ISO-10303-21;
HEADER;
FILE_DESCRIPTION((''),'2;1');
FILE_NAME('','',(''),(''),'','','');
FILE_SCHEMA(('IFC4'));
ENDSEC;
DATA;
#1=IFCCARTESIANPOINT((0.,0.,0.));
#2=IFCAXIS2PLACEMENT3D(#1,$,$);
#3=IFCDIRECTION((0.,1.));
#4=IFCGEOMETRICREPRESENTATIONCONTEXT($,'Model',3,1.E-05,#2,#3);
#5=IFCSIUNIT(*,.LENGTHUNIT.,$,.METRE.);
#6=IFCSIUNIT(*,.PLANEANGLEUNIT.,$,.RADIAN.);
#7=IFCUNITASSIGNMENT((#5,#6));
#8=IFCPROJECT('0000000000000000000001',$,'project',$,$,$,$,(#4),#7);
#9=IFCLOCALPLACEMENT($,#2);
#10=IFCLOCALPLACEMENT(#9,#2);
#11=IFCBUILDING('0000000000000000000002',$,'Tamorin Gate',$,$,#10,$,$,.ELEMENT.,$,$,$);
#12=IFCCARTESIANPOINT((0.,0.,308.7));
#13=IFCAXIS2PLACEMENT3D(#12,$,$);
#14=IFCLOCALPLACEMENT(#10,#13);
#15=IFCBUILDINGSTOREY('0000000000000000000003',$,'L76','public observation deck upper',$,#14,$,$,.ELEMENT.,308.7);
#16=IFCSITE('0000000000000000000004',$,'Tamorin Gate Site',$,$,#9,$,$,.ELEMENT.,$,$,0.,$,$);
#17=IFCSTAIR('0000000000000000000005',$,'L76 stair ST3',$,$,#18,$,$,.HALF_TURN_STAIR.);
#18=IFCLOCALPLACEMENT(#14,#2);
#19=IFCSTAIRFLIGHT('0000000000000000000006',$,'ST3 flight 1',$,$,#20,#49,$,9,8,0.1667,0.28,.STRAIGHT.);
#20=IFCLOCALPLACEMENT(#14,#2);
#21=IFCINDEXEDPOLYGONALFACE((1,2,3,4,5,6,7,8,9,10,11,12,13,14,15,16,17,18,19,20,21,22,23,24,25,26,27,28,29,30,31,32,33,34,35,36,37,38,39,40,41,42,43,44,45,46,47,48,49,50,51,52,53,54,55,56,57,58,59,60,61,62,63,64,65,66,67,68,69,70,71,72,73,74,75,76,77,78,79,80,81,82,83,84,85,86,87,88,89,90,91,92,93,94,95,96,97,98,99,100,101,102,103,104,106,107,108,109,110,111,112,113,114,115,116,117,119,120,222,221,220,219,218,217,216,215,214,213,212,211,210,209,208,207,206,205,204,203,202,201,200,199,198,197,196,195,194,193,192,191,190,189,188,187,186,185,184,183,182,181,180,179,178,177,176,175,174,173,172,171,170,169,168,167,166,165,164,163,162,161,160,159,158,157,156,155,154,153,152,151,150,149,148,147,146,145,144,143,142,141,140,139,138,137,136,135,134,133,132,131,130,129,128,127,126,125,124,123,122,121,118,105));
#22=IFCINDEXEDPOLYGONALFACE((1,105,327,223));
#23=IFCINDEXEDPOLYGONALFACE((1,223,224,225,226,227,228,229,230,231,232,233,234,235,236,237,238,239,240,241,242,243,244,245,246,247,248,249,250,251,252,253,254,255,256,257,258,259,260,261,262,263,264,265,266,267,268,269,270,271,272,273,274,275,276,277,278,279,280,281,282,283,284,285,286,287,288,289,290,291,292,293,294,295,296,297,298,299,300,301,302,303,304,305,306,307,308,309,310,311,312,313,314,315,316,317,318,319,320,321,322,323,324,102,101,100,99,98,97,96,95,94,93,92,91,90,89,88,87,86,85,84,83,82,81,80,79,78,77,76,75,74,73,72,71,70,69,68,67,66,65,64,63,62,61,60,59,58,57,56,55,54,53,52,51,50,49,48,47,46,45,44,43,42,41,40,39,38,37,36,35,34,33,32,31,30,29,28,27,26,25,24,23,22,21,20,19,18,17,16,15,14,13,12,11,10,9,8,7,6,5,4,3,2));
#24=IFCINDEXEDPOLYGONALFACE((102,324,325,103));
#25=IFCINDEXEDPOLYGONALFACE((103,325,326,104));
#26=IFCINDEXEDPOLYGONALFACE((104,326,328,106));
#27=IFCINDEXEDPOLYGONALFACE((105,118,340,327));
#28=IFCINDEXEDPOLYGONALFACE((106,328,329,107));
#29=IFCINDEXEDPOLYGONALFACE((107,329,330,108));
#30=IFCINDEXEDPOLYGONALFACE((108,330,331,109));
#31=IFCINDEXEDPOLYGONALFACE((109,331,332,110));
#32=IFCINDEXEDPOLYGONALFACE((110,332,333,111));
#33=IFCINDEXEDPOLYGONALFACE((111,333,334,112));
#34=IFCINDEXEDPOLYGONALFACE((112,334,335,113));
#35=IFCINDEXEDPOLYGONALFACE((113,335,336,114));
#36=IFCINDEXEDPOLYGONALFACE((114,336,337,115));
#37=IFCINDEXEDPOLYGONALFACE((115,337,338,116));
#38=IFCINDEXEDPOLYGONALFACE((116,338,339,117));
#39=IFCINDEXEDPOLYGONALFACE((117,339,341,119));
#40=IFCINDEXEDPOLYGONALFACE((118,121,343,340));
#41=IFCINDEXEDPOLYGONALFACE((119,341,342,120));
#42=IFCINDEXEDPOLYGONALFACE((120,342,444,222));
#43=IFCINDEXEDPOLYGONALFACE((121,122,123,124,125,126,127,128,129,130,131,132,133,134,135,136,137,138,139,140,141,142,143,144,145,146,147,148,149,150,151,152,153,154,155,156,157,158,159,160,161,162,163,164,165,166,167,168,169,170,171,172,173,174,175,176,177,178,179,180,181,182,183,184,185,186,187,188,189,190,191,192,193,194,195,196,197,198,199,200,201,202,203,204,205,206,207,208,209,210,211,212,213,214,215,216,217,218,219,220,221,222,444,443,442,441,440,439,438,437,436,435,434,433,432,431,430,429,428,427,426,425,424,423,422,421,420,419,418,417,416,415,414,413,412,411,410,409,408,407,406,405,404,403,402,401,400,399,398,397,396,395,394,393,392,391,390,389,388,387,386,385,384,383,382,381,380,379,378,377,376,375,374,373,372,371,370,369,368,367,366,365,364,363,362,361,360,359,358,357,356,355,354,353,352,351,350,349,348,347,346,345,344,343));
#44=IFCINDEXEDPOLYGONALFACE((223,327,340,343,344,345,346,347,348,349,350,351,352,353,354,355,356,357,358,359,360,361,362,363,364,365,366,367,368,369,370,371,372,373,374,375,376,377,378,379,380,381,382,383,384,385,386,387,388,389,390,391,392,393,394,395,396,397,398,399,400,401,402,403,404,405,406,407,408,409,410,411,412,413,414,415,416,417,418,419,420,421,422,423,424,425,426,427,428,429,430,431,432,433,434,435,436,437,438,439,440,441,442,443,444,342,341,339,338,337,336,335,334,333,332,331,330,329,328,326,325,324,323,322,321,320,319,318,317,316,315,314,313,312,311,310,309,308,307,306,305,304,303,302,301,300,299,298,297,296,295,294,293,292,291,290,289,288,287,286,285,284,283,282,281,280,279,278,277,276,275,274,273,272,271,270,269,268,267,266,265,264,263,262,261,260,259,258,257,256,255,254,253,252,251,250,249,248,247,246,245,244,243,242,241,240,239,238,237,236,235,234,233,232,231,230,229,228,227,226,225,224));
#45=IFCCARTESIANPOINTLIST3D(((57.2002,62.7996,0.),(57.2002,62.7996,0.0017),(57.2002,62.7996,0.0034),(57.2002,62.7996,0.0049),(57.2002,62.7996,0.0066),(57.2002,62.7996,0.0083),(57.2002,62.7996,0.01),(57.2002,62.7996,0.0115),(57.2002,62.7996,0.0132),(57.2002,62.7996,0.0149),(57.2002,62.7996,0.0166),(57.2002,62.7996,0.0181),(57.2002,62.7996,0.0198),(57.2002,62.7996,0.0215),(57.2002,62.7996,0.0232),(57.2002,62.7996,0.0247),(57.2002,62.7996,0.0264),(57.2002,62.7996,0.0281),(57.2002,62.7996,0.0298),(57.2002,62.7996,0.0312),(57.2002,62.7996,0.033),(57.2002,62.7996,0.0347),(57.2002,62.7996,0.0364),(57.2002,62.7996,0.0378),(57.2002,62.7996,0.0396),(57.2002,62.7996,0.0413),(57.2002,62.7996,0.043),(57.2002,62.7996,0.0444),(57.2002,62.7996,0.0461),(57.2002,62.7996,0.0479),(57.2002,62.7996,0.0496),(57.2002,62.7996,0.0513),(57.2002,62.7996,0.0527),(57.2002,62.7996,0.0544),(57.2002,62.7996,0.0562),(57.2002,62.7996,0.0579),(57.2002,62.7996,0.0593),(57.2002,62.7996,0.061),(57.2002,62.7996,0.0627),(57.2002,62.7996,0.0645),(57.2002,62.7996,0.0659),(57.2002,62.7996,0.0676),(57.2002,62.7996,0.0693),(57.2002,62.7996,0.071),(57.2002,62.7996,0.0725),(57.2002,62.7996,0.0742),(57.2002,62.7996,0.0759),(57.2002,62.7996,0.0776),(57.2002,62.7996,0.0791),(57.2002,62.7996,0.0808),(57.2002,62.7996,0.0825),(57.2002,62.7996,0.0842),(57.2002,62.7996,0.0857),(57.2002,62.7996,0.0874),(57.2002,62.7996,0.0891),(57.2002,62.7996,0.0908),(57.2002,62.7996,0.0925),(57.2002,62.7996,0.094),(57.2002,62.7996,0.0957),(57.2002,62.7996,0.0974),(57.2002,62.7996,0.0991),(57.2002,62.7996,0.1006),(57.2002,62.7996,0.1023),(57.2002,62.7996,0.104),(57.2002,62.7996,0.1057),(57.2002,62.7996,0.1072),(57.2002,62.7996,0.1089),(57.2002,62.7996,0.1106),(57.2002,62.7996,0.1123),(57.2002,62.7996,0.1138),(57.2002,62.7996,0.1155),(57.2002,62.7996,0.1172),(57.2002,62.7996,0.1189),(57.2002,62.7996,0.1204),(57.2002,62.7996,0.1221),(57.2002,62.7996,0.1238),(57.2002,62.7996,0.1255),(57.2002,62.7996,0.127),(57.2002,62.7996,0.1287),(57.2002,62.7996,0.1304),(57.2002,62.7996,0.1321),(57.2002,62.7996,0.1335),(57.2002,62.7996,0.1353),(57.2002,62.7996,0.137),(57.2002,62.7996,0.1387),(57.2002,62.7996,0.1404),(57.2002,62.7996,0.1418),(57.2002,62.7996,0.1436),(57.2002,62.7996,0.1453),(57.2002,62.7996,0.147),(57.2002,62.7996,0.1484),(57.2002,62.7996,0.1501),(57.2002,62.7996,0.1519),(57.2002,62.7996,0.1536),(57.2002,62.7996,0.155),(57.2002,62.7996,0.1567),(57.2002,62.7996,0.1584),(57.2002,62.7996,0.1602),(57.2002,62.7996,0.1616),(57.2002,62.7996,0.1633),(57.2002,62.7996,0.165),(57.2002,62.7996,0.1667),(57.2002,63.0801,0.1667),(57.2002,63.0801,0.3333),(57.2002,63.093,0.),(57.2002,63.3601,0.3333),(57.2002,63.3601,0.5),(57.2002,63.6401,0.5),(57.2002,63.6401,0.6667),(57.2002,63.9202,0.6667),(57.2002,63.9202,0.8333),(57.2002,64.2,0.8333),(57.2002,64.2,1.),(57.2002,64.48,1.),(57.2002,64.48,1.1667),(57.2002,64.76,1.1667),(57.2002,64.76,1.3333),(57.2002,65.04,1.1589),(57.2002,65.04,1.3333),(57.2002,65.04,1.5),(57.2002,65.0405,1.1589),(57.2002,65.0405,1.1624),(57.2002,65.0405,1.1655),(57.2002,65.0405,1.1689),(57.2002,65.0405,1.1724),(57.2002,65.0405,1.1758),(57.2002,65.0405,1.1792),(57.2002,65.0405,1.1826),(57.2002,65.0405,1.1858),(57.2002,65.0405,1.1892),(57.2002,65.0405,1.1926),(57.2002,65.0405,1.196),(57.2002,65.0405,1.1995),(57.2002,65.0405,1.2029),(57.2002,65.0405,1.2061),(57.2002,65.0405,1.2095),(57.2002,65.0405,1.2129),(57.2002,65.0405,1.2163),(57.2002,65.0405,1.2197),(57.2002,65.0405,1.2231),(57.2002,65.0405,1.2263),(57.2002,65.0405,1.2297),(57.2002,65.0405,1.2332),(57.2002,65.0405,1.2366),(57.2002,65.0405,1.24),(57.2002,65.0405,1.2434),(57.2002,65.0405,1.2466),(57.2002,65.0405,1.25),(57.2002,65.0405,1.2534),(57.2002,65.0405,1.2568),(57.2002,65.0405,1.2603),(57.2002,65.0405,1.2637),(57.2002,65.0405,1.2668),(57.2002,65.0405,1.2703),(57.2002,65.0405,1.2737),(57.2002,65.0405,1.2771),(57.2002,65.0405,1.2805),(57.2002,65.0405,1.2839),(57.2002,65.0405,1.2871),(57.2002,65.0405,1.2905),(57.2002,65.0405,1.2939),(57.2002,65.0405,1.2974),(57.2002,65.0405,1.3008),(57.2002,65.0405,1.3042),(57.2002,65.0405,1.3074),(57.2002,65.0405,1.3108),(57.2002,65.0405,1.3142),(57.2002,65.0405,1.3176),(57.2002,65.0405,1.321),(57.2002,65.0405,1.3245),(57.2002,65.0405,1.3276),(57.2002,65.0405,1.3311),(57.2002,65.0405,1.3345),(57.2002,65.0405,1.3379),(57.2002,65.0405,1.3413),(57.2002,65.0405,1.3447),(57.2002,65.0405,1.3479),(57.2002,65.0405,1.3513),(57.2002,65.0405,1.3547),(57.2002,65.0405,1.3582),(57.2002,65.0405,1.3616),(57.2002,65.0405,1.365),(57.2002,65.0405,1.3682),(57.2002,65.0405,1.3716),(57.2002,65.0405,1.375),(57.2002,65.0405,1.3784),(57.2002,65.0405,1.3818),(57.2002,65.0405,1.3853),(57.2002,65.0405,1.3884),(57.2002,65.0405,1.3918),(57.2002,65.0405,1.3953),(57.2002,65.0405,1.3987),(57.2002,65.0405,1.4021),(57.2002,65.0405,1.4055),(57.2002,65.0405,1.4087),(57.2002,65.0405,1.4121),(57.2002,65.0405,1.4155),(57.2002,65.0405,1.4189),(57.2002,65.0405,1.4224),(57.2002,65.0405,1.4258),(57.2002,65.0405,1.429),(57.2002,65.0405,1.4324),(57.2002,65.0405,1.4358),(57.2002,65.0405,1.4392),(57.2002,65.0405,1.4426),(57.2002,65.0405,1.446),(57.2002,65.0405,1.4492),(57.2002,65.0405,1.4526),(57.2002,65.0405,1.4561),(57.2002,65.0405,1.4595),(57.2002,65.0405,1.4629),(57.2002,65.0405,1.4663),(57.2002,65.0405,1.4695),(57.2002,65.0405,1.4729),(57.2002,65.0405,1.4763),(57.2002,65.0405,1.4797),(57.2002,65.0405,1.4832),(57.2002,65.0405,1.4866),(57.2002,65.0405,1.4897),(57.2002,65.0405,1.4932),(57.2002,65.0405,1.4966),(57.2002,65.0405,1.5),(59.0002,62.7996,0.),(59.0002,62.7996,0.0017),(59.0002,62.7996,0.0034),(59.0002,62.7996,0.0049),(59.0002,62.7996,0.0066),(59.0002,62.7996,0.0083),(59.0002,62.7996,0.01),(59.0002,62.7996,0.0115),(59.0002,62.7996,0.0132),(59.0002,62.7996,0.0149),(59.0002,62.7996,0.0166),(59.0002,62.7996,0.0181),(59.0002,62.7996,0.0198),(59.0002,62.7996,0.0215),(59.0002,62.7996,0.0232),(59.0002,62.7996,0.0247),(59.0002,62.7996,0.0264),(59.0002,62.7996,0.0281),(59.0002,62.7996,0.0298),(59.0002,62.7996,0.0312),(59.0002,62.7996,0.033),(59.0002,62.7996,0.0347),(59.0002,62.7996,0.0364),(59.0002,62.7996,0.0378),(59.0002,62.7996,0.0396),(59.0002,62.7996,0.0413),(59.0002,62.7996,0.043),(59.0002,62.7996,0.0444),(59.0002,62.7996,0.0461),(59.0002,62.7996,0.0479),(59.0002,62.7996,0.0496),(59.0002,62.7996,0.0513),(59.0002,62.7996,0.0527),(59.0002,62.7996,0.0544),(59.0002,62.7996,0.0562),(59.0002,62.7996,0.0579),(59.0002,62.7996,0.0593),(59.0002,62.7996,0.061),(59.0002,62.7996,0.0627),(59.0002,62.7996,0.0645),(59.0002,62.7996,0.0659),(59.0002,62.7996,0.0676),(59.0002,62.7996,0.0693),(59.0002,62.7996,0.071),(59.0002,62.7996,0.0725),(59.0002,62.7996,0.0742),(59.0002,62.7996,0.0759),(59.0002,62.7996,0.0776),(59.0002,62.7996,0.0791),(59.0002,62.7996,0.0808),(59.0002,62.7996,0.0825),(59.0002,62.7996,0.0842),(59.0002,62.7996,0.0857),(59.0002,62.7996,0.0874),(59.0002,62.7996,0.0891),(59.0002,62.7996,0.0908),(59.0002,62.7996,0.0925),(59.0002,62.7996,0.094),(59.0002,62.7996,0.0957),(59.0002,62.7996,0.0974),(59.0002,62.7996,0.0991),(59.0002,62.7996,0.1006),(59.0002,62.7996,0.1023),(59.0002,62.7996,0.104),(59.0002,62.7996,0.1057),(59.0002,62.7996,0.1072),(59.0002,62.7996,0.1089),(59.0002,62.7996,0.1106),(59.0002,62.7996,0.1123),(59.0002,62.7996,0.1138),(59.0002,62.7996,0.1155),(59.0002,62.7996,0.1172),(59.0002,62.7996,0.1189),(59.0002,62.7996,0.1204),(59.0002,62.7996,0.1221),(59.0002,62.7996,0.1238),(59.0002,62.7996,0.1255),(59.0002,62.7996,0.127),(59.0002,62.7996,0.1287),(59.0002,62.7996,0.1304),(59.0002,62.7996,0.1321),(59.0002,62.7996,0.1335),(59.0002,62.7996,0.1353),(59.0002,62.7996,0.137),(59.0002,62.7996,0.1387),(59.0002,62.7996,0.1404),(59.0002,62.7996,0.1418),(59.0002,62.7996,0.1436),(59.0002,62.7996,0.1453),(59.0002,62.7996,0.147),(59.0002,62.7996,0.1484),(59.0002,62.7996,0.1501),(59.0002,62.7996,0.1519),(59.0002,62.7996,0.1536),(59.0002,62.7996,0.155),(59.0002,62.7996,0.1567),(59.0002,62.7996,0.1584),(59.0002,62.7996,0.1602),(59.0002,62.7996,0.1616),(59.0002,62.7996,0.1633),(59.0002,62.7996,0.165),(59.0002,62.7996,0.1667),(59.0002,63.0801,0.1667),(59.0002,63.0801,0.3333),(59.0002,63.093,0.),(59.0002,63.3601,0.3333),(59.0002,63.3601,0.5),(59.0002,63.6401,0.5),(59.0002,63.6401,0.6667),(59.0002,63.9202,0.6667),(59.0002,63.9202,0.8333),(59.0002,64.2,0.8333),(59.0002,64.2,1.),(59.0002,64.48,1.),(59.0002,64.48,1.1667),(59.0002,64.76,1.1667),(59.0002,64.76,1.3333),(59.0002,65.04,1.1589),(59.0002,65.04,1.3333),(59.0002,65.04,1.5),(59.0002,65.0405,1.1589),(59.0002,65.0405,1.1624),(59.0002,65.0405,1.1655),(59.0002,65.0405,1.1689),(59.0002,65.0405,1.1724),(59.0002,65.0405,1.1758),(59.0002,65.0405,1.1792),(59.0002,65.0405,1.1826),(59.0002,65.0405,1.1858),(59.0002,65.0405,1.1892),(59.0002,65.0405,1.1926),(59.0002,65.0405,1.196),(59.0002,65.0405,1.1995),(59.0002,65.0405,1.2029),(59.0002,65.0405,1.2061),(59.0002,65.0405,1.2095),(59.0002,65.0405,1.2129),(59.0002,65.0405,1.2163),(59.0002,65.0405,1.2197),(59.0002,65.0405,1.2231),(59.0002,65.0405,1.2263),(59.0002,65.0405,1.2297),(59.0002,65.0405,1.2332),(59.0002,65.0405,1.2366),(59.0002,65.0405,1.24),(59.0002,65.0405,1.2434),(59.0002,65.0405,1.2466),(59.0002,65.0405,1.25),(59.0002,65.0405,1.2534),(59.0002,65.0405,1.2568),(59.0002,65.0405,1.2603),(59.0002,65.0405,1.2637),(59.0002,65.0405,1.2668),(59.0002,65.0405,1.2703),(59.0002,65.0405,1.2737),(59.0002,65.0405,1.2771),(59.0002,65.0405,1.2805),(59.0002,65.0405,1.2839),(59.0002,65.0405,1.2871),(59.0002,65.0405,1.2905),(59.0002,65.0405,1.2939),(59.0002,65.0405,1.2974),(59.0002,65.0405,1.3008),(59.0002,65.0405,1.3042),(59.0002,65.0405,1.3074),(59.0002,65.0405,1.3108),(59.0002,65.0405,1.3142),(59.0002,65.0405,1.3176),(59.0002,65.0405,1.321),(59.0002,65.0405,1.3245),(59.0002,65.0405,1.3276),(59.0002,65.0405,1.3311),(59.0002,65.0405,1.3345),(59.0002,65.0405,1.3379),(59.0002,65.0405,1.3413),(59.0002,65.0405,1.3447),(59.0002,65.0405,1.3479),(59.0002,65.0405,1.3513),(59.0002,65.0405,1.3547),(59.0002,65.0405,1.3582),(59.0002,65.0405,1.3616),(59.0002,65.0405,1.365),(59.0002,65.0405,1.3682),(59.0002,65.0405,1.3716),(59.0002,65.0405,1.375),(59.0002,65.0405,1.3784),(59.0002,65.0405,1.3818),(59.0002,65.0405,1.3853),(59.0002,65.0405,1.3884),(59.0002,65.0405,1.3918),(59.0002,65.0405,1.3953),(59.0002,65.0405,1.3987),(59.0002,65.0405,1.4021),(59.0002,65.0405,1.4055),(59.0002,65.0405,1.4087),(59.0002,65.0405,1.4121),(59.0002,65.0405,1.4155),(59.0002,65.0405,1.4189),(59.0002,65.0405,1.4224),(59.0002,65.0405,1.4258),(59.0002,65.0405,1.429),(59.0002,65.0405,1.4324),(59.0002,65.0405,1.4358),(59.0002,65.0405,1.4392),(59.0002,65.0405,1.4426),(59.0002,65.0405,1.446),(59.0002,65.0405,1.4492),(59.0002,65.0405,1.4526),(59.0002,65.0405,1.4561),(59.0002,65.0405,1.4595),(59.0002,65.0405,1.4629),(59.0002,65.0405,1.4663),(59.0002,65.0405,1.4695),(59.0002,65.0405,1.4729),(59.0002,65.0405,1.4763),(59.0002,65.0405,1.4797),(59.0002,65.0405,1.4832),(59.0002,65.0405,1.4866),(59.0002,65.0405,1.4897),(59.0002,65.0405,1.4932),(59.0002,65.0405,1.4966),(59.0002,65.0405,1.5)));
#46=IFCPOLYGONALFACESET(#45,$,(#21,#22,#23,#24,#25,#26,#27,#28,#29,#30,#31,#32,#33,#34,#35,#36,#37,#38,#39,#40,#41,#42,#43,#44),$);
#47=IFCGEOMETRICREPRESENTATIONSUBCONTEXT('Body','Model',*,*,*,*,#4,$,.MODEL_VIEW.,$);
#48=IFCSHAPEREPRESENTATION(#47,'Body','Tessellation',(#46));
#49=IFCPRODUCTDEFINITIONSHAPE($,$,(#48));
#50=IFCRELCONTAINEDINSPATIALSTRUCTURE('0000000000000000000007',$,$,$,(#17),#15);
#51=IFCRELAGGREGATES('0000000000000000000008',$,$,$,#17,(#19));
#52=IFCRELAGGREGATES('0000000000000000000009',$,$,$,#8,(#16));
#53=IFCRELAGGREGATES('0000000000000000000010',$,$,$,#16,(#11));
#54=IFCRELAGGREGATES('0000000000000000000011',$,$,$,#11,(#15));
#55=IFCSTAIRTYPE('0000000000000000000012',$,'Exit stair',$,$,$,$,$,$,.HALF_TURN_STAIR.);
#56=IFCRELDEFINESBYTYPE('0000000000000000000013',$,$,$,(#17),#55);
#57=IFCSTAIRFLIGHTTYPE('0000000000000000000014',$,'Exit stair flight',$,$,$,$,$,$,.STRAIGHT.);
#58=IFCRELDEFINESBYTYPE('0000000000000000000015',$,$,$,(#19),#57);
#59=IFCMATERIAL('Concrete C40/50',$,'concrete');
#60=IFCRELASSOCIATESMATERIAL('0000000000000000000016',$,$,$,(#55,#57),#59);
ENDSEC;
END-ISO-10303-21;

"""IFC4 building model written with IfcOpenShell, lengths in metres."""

from ifc_helpers import new_model, si_unit, direction, frame, origin, place, context, subcontext, project, spatial, polyline, outline, extrude, material, type_object, element, aggregate, save


model = new_model("IFC4")

# Units and contexts
model_context = context("Model", 3, precision=1e-05, world=origin(), true_north=direction((0.0, 1.0)))
body_context = subcontext(model_context, "Body", "Model", "MODEL_VIEW")
ifc_project = project(units=[si_unit("LENGTHUNIT", "METRE"), si_unit("PLANEANGLEUNIT", "RADIAN")], contexts=[model_context])

# Site, building, storey
site_placement = place(None, origin())
site = spatial("IfcSite", under=ifc_project, at=site_placement, Name="Tamorin Gate Site", CompositionType="ELEMENT", RefElevation=0.0)
building_placement = place(site_placement, origin())
building = spatial("IfcBuilding", under=site, at=building_placement, Name="Tamorin Gate", CompositionType="ELEMENT")
storey_placement = place(building_placement, frame((0.0, 0.0, 308.7)))
storey = spatial("IfcBuildingStorey", under=building, at=storey_placement, Name="L76", Description="public observation deck upper", CompositionType="ELEMENT", Elevation=308.7)

# Shared definitions
ifc_material_1 = material(Name="Concrete C40/50", Category="concrete")

# Stair, stair flight
stair_type = type_object("IfcStairType", Name="Exit stair", PredefinedType="HALF_TURN_STAIR", material=ifc_material_1)
stair_placement = place(storey_placement, origin())
stair = element("IfcStair", 1, at=stair_placement, inside=storey, type_object=stair_type, Name="L76 stair ST3", PredefinedType="HALF_TURN_STAIR")
stair_flight_type = type_object("IfcStairFlightType", Name="Exit stair flight", PredefinedType="STRAIGHT", material=ifc_material_1)
stair_flight_1_placement = place(storey_placement, frame((58.1001, 62.8, 0.0), z_axis=(0.0, 0.0, 1.0), x_axis=(0.0, 1.0, 0.0)))
stair_flight_1 = element("IfcStairFlight", 2, at=stair_flight_1_placement, type_object=stair_flight_type, Name="ST3 flight 1", NumberOfRisers=9, NumberOfTreads=8, PredefinedType="STRAIGHT", RiserHeight=0.1667, TreadLength=0.28, context=body_context, shape_type="SweptSolid", body=[
    extrude(outline(polyline([(-0.0005, 0.0), (-0.0005, 0.0017), (-0.0005, 0.0034), (-0.0005, 0.0049), (-0.0005, 0.0066), (-0.0005, 0.0083), (-0.0005, 0.01), (-0.0005, 0.0115), (-0.0005, 0.0132), (-0.0005, 0.0149), (-0.0005, 0.0166), (-0.0005, 0.0181), (-0.0005, 0.0198), (-0.0005, 0.0215), (-0.0005, 0.0232), (-0.0005, 0.0247), (-0.0005, 0.0264), (-0.0005, 0.0281), (-0.0005, 0.0298), (-0.0005, 0.0312), (-0.0005, 0.033), (-0.0005, 0.0347), (-0.0005, 0.0364), (-0.0005, 0.0378), (-0.0005, 0.0396), (-0.0005, 0.0413), (-0.0005, 0.043), (-0.0005, 0.0444), (-0.0005, 0.0461), (-0.0005, 0.0479), (-0.0005, 0.0496), (-0.0005, 0.0513), (-0.0005, 0.0527), (-0.0005, 0.0544), (-0.0005, 0.0562), (-0.0005, 0.0579), (-0.0005, 0.0593), (-0.0005, 0.061), (-0.0005, 0.0627), (-0.0005, 0.0645), (-0.0005, 0.0659), (-0.0005, 0.0676), (-0.0005, 0.0693), (-0.0005, 0.071), (-0.0005, 0.0725), (-0.0005, 0.0742), (-0.0005, 0.0759), (-0.0005, 0.0776), (-0.0005, 0.0791), (-0.0005, 0.0808), (-0.0005, 0.0825), (-0.0005, 0.0842), (-0.0005, 0.0857), (-0.0005, 0.0874), (-0.0005, 0.0891), (-0.0005, 0.0908), (-0.0005, 0.0925), (-0.0005, 0.094), (-0.0005, 0.0957), (-0.0005, 0.0974), (-0.0005, 0.0991), (-0.0005, 0.1006), (-0.0005, 0.1023), (-0.0005, 0.104), (-0.0005, 0.1057), (-0.0005, 0.1072), (-0.0005, 0.1089), (-0.0005, 0.1106), (-0.0005, 0.1123), (-0.0005, 0.1138), (-0.0005, 0.1155), (-0.0005, 0.1172), (-0.0005, 0.1189), (-0.0005, 0.1204), (-0.0005, 0.1221), (-0.0005, 0.1238), (-0.0005, 0.1255), (-0.0005, 0.127), (-0.0005, 0.1287), (-0.0005, 0.1304), (-0.0005, 0.1321), (-0.0005, 0.1335), (-0.0005, 0.1353), (-0.0005, 0.137), (-0.0005, 0.1387), (-0.0005, 0.1404), (-0.0005, 0.1418), (-0.0005, 0.1436), (-0.0005, 0.1453), (-0.0005, 0.147), (-0.0005, 0.1484), (-0.0005, 0.1501), (-0.0005, 0.1519), (-0.0005, 0.1536), (-0.0005, 0.155), (-0.0005, 0.1567), (-0.0005, 0.1584), (-0.0005, 0.1602), (-0.0005, 0.1616), (-0.0005, 0.1633), (-0.0005, 0.165), (-0.0005, 0.1667), (0.28, 0.1667), (0.28, 0.3333), (0.5601, 0.3333), (0.5601, 0.5), (0.8401, 0.5), (0.8401, 0.6667), (1.1201, 0.6667), (1.1201, 0.8333), (1.3999, 0.8333), (1.3999, 1.0), (1.6799, 1.0), (1.6799, 1.1667), (1.96, 1.1667), (1.96, 1.3333), (2.24, 1.3333), (2.24, 1.5), (2.2405, 1.5), (2.2405, 1.4966), (2.2405, 1.4932), (2.2405, 1.4897), (2.2405, 1.4866), (2.2405, 1.4832), (2.2405, 1.4797), (2.2405, 1.4763), (2.2405, 1.4729), (2.2405, 1.4695), (2.2405, 1.4663), (2.2405, 1.4629), (2.2405, 1.4595), (2.2405, 1.4561), (2.2405, 1.4526), (2.2405, 1.4492), (2.2405, 1.446), (2.2405, 1.4426), (2.2405, 1.4392), (2.2405, 1.4358), (2.2405, 1.4324), (2.2405, 1.429), (2.2405, 1.4258), (2.2405, 1.4224), (2.2405, 1.4189), (2.2405, 1.4155), (2.2405, 1.4121), (2.2405, 1.4087), (2.2405, 1.4055), (2.2405, 1.4021), (2.2405, 1.3987), (2.2405, 1.3953), (2.2405, 1.3918), (2.2405, 1.3884), (2.2405, 1.3853), (2.2405, 1.3818), (2.2405, 1.3784), (2.2405, 1.375), (2.2405, 1.3716), (2.2405, 1.3682), (2.2405, 1.365), (2.2405, 1.3616), (2.2405, 1.3582), (2.2405, 1.3547), (2.2405, 1.3513), (2.2405, 1.3479), (2.2405, 1.3447), (2.2405, 1.3413), (2.2405, 1.3379), (2.2405, 1.3345), (2.2405, 1.3311), (2.2405, 1.3276), (2.2405, 1.3245), (2.2405, 1.321), (2.2405, 1.3176), (2.2405, 1.3142), (2.2405, 1.3108), (2.2405, 1.3074), (2.2405, 1.3042), (2.2405, 1.3008), (2.2405, 1.2974), (2.2405, 1.2939), (2.2405, 1.2905), (2.2405, 1.2871), (2.2405, 1.2839), (2.2405, 1.2805), (2.2405, 1.2771), (2.2405, 1.2737), (2.2405, 1.2703), (2.2405, 1.2668), (2.2405, 1.2637), (2.2405, 1.2603), (2.2405, 1.2568), (2.2405, 1.2534), (2.2405, 1.25), (2.2405, 1.2466), (2.2405, 1.2434), (2.2405, 1.24), (2.2405, 1.2366), (2.2405, 1.2332), (2.2405, 1.2297), (2.2405, 1.2263), (2.2405, 1.2231), (2.2405, 1.2197), (2.2405, 1.2163), (2.2405, 1.2129), (2.2405, 1.2095), (2.2405, 1.2061), (2.2405, 1.2029), (2.2405, 1.1995), (2.2405, 1.196), (2.2405, 1.1926), (2.2405, 1.1892), (2.2405, 1.1858), (2.2405, 1.1826), (2.2405, 1.1792), (2.2405, 1.1758), (2.2405, 1.1724), (2.2405, 1.1689), (2.2405, 1.1655), (2.2405, 1.1624), (2.2405, 1.1589), (2.24, 1.1589), (0.293, 0.0), (-0.0005, 0.0)])), frame((0.0, 0.8999, 0.0), z_axis=(0.0, -1.0, 0.0), x_axis=(1.0, 0.0, 0.0)), (0.0, 0.0, 1.0), 1.8),
])
aggregate(stair, [stair_flight_1])

save(model, "model.ifc")
